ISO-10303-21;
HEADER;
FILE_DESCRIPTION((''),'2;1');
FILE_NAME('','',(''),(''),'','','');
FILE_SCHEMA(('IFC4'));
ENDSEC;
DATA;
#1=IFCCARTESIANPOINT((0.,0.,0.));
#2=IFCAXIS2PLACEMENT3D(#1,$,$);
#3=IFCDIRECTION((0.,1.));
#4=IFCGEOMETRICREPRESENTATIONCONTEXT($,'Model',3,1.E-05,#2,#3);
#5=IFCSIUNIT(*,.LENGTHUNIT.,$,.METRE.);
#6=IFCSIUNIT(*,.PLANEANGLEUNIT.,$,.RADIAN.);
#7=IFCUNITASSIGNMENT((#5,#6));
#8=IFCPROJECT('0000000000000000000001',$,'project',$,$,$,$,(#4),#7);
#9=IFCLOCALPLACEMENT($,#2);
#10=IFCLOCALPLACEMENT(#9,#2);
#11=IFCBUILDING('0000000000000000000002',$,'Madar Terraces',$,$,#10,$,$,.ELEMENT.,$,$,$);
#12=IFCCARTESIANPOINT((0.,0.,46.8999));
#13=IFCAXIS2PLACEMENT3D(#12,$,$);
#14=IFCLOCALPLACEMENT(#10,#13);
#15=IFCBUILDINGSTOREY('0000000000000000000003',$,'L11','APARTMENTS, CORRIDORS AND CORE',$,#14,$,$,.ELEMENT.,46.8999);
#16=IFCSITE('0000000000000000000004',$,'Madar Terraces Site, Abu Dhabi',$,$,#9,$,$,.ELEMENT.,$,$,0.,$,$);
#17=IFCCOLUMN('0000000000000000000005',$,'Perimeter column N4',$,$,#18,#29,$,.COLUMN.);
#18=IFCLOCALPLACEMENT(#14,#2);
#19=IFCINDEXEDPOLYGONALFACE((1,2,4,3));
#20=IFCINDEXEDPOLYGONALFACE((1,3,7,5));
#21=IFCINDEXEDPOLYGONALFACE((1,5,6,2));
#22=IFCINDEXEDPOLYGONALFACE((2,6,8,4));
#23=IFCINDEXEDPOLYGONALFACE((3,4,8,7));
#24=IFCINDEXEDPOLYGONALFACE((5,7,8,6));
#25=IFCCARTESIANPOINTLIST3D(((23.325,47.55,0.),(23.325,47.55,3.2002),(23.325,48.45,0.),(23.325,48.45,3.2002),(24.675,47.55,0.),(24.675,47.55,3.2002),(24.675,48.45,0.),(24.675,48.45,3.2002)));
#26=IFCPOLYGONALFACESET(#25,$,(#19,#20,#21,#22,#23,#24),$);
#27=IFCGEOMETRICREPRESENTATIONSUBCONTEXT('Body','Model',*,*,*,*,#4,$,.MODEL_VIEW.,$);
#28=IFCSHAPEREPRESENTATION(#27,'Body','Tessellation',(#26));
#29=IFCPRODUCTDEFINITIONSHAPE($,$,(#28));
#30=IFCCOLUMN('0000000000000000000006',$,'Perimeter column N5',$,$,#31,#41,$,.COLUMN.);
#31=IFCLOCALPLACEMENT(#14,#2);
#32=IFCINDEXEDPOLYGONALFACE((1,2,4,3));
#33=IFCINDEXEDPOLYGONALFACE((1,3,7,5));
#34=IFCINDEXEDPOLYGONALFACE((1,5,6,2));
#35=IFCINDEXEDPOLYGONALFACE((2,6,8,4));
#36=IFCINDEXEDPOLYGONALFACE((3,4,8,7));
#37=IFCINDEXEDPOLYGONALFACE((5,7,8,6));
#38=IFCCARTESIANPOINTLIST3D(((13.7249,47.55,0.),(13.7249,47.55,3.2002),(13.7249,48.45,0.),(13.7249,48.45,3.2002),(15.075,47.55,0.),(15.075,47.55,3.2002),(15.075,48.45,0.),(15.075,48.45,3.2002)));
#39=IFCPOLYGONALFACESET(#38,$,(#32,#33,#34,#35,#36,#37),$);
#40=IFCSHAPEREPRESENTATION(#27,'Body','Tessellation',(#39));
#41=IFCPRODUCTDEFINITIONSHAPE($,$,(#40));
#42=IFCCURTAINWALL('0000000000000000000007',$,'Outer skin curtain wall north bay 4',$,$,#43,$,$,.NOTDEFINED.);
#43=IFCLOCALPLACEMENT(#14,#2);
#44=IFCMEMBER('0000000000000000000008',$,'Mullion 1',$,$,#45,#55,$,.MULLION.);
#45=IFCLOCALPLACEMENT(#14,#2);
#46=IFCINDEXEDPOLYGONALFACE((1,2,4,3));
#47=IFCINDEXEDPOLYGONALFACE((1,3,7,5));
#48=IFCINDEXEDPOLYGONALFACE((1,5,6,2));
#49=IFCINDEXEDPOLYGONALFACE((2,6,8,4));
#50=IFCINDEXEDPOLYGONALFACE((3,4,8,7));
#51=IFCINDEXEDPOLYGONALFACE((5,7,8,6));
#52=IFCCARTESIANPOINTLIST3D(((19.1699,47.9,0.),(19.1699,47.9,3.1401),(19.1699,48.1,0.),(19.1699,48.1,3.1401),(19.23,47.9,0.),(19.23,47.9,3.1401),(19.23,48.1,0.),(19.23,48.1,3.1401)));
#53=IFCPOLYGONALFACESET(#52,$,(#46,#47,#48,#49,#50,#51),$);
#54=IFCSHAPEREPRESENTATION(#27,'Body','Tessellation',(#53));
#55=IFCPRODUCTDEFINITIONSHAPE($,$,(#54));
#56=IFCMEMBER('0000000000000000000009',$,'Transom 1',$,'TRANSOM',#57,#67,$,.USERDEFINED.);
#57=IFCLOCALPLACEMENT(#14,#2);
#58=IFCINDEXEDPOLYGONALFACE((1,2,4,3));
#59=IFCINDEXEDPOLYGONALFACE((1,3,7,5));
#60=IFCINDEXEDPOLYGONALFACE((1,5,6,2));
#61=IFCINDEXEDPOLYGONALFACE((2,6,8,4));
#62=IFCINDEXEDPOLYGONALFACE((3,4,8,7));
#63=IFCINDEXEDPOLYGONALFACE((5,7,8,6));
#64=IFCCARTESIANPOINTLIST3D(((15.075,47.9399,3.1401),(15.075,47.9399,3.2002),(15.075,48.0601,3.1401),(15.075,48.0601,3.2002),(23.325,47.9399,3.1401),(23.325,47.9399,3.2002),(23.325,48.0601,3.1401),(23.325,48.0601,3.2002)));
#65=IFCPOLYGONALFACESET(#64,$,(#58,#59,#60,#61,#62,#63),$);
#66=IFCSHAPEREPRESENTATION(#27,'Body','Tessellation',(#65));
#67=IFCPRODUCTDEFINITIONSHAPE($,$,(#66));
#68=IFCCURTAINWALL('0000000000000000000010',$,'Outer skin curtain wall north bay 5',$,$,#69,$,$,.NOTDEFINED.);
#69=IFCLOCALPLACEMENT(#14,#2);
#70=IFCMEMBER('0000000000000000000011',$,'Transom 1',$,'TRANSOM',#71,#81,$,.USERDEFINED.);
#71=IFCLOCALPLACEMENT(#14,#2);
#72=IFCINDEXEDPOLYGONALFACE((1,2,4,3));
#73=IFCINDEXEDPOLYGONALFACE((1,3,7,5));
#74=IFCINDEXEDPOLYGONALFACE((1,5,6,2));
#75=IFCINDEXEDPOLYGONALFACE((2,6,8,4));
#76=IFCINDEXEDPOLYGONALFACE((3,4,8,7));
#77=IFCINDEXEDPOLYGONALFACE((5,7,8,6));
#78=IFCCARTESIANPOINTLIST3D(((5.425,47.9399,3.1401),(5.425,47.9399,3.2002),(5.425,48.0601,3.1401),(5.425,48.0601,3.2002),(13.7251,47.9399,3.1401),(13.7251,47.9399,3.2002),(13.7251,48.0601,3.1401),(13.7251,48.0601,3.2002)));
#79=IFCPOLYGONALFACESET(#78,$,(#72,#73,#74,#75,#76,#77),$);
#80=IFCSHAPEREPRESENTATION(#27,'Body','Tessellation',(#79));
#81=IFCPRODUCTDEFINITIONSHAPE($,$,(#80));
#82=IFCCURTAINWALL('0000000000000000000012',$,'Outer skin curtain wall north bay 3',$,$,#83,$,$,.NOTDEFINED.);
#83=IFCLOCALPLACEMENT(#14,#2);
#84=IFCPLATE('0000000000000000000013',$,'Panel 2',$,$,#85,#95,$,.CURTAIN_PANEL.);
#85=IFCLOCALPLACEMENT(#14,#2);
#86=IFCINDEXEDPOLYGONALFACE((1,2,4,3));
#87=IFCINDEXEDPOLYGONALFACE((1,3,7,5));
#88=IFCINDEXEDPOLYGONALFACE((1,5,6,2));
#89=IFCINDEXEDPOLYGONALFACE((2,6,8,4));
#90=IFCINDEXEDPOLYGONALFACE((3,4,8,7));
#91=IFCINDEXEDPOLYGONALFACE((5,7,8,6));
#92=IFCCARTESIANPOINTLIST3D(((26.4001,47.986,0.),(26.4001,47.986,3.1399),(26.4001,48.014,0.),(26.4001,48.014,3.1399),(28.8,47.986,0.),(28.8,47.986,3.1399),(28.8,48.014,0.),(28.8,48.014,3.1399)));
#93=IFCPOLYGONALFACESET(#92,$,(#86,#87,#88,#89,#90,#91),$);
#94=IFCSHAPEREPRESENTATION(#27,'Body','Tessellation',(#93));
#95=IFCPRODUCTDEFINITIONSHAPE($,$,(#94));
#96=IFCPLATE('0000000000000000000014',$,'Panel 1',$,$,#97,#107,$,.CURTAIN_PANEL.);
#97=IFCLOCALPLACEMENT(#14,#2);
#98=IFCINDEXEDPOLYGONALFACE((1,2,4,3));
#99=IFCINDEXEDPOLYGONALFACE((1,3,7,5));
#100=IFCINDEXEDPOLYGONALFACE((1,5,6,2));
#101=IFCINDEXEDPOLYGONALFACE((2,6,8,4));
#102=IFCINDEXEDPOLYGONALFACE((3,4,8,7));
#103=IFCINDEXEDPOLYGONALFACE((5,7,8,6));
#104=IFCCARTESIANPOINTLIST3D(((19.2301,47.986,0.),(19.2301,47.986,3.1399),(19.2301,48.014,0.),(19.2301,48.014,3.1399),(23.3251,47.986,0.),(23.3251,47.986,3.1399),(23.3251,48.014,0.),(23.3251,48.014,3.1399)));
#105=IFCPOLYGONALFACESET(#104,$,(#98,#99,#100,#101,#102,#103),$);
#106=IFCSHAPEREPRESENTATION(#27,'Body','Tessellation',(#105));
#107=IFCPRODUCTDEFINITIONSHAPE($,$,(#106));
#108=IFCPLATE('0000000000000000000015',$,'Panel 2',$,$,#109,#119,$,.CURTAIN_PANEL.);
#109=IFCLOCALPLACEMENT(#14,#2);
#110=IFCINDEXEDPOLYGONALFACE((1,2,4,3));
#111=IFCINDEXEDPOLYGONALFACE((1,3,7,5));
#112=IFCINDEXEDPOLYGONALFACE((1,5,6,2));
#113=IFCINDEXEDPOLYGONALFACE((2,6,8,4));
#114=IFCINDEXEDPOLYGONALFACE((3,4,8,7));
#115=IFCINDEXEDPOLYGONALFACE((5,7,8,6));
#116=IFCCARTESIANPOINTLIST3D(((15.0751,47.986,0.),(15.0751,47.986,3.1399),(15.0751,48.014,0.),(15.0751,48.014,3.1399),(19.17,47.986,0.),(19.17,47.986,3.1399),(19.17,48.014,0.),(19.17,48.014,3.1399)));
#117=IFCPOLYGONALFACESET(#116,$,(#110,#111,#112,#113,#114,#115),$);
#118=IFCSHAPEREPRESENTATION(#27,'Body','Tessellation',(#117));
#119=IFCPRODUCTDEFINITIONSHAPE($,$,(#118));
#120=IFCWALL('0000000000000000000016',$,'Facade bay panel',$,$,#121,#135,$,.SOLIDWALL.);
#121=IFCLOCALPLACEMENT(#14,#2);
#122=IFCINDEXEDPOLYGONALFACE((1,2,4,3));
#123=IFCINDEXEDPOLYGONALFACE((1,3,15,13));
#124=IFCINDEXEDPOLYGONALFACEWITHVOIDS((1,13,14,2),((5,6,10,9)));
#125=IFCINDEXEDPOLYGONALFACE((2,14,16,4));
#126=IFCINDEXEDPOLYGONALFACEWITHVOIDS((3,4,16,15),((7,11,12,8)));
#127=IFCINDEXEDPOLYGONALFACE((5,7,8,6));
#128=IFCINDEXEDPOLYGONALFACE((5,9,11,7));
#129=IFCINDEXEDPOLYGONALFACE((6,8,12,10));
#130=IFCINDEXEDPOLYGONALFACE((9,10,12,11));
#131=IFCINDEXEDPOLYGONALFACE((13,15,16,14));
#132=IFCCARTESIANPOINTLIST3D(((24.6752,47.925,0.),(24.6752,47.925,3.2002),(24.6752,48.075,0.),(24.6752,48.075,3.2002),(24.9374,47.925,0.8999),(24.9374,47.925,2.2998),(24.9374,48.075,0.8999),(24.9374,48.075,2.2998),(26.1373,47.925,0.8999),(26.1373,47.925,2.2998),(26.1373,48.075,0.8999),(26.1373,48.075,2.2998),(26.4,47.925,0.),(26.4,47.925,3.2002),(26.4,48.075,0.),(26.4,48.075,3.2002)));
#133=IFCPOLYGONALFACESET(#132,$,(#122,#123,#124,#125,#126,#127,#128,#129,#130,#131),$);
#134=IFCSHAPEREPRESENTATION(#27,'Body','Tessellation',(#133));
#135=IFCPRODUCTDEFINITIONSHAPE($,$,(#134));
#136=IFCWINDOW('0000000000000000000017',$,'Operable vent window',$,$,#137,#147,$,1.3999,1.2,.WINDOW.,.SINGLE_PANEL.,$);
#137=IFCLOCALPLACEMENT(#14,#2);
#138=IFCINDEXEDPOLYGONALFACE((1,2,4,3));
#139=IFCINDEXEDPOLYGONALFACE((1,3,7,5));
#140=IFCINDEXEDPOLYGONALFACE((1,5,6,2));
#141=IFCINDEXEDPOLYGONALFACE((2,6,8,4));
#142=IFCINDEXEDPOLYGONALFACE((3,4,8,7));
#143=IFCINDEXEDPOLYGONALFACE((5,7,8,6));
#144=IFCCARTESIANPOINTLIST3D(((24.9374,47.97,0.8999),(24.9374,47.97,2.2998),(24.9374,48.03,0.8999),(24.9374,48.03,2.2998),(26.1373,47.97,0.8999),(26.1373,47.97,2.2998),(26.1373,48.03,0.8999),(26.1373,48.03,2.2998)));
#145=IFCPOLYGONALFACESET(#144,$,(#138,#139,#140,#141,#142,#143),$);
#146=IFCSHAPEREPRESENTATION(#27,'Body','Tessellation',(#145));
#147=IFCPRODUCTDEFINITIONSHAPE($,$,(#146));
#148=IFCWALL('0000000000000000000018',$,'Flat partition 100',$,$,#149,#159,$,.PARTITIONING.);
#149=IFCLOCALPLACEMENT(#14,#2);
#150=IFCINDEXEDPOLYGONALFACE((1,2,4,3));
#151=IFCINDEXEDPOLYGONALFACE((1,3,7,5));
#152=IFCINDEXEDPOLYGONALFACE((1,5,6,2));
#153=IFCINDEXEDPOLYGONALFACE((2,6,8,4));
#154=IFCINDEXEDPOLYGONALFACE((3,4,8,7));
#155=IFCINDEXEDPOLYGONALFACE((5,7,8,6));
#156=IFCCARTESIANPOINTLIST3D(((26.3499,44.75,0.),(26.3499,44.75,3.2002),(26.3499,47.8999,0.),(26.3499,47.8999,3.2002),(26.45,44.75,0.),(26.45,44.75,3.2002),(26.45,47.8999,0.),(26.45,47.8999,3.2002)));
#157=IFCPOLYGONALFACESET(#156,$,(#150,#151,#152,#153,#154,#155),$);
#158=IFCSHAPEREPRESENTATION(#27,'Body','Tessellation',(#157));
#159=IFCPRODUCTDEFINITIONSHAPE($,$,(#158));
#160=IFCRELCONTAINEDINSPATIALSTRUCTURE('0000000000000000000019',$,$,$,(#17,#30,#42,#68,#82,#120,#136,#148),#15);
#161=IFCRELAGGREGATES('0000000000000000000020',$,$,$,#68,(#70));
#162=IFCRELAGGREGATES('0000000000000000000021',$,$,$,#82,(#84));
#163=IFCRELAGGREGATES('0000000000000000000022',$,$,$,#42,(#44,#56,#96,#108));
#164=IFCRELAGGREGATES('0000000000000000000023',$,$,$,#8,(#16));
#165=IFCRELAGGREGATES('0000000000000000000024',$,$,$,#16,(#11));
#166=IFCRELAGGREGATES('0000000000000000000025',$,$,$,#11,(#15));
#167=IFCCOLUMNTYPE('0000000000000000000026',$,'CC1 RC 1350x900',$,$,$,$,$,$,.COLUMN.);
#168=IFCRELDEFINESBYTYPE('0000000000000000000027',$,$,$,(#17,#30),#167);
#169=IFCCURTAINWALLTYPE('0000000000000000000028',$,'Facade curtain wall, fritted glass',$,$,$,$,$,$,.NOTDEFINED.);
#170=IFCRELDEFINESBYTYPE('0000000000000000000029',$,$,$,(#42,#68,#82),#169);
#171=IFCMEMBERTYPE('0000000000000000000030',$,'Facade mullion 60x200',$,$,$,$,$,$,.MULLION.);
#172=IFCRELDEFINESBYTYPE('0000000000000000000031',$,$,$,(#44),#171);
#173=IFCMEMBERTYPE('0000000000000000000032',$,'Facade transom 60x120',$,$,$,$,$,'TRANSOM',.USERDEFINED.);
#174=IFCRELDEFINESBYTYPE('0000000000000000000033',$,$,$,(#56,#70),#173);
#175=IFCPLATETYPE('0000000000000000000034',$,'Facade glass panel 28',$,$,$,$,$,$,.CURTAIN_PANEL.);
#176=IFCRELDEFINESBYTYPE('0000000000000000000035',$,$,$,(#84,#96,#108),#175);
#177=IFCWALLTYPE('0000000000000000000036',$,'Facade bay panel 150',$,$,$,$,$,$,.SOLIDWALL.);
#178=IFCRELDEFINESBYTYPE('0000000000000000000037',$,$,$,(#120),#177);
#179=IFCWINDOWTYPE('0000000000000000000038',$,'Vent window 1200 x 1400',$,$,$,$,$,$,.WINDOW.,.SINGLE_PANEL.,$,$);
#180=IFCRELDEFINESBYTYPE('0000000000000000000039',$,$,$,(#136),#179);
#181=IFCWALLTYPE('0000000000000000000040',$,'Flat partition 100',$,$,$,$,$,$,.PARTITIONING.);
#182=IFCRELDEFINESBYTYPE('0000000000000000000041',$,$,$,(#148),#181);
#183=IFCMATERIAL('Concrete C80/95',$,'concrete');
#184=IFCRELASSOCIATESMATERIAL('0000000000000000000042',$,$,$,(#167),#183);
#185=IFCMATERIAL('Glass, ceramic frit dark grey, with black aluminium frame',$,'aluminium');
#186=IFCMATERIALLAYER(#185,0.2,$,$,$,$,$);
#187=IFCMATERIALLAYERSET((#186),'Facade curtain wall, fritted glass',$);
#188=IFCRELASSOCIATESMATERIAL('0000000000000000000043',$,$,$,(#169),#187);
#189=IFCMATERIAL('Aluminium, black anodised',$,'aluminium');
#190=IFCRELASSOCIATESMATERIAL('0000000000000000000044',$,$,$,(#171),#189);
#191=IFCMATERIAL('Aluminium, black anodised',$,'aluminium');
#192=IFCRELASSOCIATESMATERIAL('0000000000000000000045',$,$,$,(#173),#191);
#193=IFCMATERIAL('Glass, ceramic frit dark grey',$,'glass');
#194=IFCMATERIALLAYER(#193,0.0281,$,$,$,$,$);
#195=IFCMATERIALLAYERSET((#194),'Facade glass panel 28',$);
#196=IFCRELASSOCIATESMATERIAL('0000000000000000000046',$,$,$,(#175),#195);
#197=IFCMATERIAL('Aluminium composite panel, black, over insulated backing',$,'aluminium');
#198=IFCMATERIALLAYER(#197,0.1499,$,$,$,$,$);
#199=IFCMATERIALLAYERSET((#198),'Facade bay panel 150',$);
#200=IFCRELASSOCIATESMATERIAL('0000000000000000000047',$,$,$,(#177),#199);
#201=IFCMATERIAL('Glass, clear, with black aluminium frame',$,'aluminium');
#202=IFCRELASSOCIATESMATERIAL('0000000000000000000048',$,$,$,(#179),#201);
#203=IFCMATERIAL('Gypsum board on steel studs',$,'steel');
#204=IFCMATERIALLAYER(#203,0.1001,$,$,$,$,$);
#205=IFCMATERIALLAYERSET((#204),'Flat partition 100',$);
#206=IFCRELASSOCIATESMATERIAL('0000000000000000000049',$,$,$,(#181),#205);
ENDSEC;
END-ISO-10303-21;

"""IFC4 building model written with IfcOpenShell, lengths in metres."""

from ifc_helpers import new_model, si_unit, direction, frame, frame_2d, origin, origin_2d, place, context, subcontext, project, spatial, rectangle, extrude, material, layer, layer_set, material_profile, profile_set, type_object, element, fill, aggregate, save


model = new_model("IFC4")

# Units and contexts
model_context = context("Model", 3, precision=1e-05, world=origin(), true_north=direction((0.0, 1.0)))
body_context = subcontext(model_context, "Body", "Model", "MODEL_VIEW")
ifc_project = project(units=[si_unit("LENGTHUNIT", "METRE"), si_unit("PLANEANGLEUNIT", "RADIAN")], contexts=[model_context])

# Site, building, storey
site_placement = place(None, origin())
site = spatial("IfcSite", under=ifc_project, at=site_placement, Name="Madar Terraces Site, Abu Dhabi", CompositionType="ELEMENT", RefElevation=0.0)
building_placement = place(site_placement, origin())
building = spatial("IfcBuilding", under=site, at=building_placement, Name="Madar Terraces", CompositionType="ELEMENT")
storey_placement = place(building_placement, frame((0.0, 0.0, 46.8999)))
storey = spatial("IfcBuildingStorey", under=building, at=storey_placement, Name="L11", Description="APARTMENTS, CORRIDORS AND CORE", CompositionType="ELEMENT", Elevation=46.8999)

# Columns
ifc_material_1 = material(Name="Concrete C80/95", Category="concrete")
ifc_material_profile_1 = material_profile(ifc_material_1, rectangle(XDim=1.3501, YDim=0.8999, at=origin_2d()), Name="CC1 RC 1350x900")
ifc_profile_set_1 = profile_set([ifc_material_profile_1], Name="Concrete C80/95")
column_type = type_object("IfcColumnType", Name="CC1 RC 1350x900", PredefinedType="COLUMN", material=ifc_profile_set_1)
for number, where, z_axis, x_axis, name in (
    (1, (24.0, 48.0, 0.0), (0.0, 0.0, 1.0), (1.0, 0.0, 0.0), "Perimeter column N4"),
    (2, (14.3999, 48.0, 0.0), (0.0, 0.0, 1.0), (1.0, 0.0, 0.0), "Perimeter column N5"),
):
    element("IfcColumn", number, at=place(storey_placement, frame(where, z_axis=z_axis, x_axis=x_axis)), inside=storey, type_object=column_type, Name=name, PredefinedType="COLUMN", context=body_context, shape_type="SweptSolid", body=[
        extrude(rectangle(XDim=1.3501, YDim=0.8999, at=origin_2d()), origin(), (0.0, 0.0, 1.0), 3.2002),
    ])

# Curtain wall, members
ifc_material_2 = material(Name="Glass, ceramic frit dark grey, with black aluminium frame", Category="aluminium")
ifc_layer_1 = layer(ifc_material_2, 0.2)
ifc_layer_set_1 = layer_set([ifc_layer_1], Name="Facade curtain wall, fritted glass")
curtain_wall_type = type_object("IfcCurtainWallType", Name="Facade curtain wall, fritted glass", PredefinedType="NOTDEFINED", material=ifc_layer_set_1)
curtain_wall_1_placement = place(storey_placement, origin())
curtain_wall_1 = element("IfcCurtainWall", 3, at=curtain_wall_1_placement, inside=storey, type_object=curtain_wall_type, Name="Outer skin curtain wall north bay 4", PredefinedType="NOTDEFINED")
ifc_material_3 = material(Name="Aluminium, black anodised", Category="aluminium")
ifc_material_profile_2 = material_profile(ifc_material_3, rectangle(XDim=0.2, YDim=0.0601, at=origin_2d()), Name="Facade mullion 60x200")
ifc_profile_set_2 = profile_set([ifc_material_profile_2], Name="Aluminium, black anodised")
member_type_1 = type_object("IfcMemberType", Name="Facade mullion 60x200", PredefinedType="MULLION", material=ifc_profile_set_2)
member_1_placement = place(storey_placement, frame((19.2, 48.0, 0.0), z_axis=(0.0, 0.0, 1.0), x_axis=(0.0, -1.0, 0.0)))
member_1 = element("IfcMember", 4, at=member_1_placement, type_object=member_type_1, Name="Mullion 1", PredefinedType="MULLION", context=body_context, shape_type="SweptSolid", body=[
    extrude(rectangle(XDim=0.2, YDim=0.0601, at=origin_2d()), origin(), (0.0, 0.0, 1.0), 3.1401),
])
ifc_material_4 = material(Name="Aluminium, black anodised", Category="aluminium")
ifc_material_profile_3 = material_profile(ifc_material_4, rectangle(XDim=0.1201, YDim=0.0601, at=origin_2d()), Name="Facade transom 60x120")
ifc_profile_set_3 = profile_set([ifc_material_profile_3], Name="Aluminium, black anodised")
member_type_2 = type_object("IfcMemberType", Name="Facade transom 60x120", ElementType="TRANSOM", PredefinedType="USERDEFINED", material=ifc_profile_set_3)
member_2_placement = place(storey_placement, frame((23.325, 48.0, 3.1702), z_axis=(-1.0, 0.0, 0.0), x_axis=(0.0, -1.0, 0.0)))
member_2 = element("IfcMember", 5, at=member_2_placement, type_object=member_type_2, Name="Transom 1", ObjectType="TRANSOM", PredefinedType="USERDEFINED", context=body_context, shape_type="SweptSolid", body=[
    extrude(rectangle(XDim=0.1201, YDim=0.0601, at=origin_2d()), origin(), (0.0, 0.0, 1.0), 8.25),
])

# Curtain wall, member
curtain_wall_2_placement = place(storey_placement, origin())
curtain_wall_2 = element("IfcCurtainWall", 6, at=curtain_wall_2_placement, inside=storey, type_object=curtain_wall_type, Name="Outer skin curtain wall north bay 5", PredefinedType="NOTDEFINED")
member_3_placement = place(storey_placement, frame((13.7251, 48.0, 3.1702), z_axis=(-1.0, 0.0, 0.0), x_axis=(0.0, -1.0, 0.0)))
member_3 = element("IfcMember", 7, at=member_3_placement, type_object=member_type_2, Name="Transom 1", ObjectType="TRANSOM", PredefinedType="USERDEFINED", context=body_context, shape_type="SweptSolid", body=[
    extrude(rectangle(XDim=0.1201, YDim=0.0601, at=origin_2d()), origin(), (0.0, 0.0, 1.0), 8.3),
])
aggregate(curtain_wall_2, [member_3])

# Curtain wall, plate
curtain_wall_3_placement = place(storey_placement, origin())
curtain_wall_3 = element("IfcCurtainWall", 8, at=curtain_wall_3_placement, inside=storey, type_object=curtain_wall_type, Name="Outer skin curtain wall north bay 3", PredefinedType="NOTDEFINED")
ifc_material_5 = material(Name="Glass, ceramic frit dark grey", Category="glass")
ifc_layer_2 = layer(ifc_material_5, 0.0281)
ifc_layer_set_2 = layer_set([ifc_layer_2], Name="Facade glass panel 28")
plate_type = type_object("IfcPlateType", Name="Facade glass panel 28", PredefinedType="CURTAIN_PANEL", material=ifc_layer_set_2)
plate_1_placement = place(storey_placement, frame((27.6001, 48.0, 0.0), z_axis=(0.0, 0.0, 1.0), x_axis=(-1.0, 0.0, 0.0)))
plate_1 = element("IfcPlate", 9, at=plate_1_placement, type_object=plate_type, Name="Panel 2", PredefinedType="CURTAIN_PANEL", context=body_context, shape_type="SweptSolid", body=[
    extrude(rectangle(XDim=2.3999, YDim=0.0281, at=origin_2d()), origin(), (0.0, 0.0, 1.0), 3.1399),
])
aggregate(curtain_wall_3, [plate_1])

# Plates
plate_2_placement = place(storey_placement, frame((21.2776, 48.0, 0.0), z_axis=(0.0, 0.0, 1.0), x_axis=(-1.0, 0.0, 0.0)))
plate_2 = element("IfcPlate", 10, at=plate_2_placement, type_object=plate_type, Name="Panel 1", PredefinedType="CURTAIN_PANEL", context=body_context, shape_type="SweptSolid", body=[
    extrude(rectangle(XDim=4.095, YDim=0.0281, at=origin_2d()), origin(), (0.0, 0.0, 1.0), 3.1399),
])
plate_3_placement = place(storey_placement, frame((17.1226, 48.0, 0.0), z_axis=(0.0, 0.0, 1.0), x_axis=(-1.0, 0.0, 0.0)))
plate_3 = element("IfcPlate", 11, at=plate_3_placement, type_object=plate_type, Name="Panel 2", PredefinedType="CURTAIN_PANEL", context=body_context, shape_type="SweptSolid", body=[
    extrude(rectangle(XDim=4.095, YDim=0.0281, at=origin_2d()), origin(), (0.0, 0.0, 1.0), 3.1399),
])
aggregate(curtain_wall_1, [member_1, member_2, plate_2, plate_3])

# Wall, opening, window
ifc_material_6 = material(Name="Aluminium composite panel, black, over insulated backing", Category="aluminium")
ifc_layer_3 = layer(ifc_material_6, 0.1499)
ifc_layer_set_3 = layer_set([ifc_layer_3], Name="Facade bay panel 150")
wall_type_1 = type_object("IfcWallType", Name="Facade bay panel 150", PredefinedType="SOLIDWALL", material=ifc_layer_set_3)
wall_1_placement = place(storey_placement, frame((26.3999, 48.0, 0.0), z_axis=(0.0, 0.0, 1.0), x_axis=(-1.0, 0.0, 0.0)))
wall_1 = element("IfcWall", 12, at=wall_1_placement, inside=storey, type_object=wall_type_1, Name="Facade bay panel", PredefinedType="SOLIDWALL", context=body_context, shape_type="SweptSolid", body=[
    extrude(rectangle(XDim=1.7249, YDim=0.1499, at=frame_2d((0.8623, 0.0))), origin(), (0.0, 0.0, 1.0), 3.2002),
])
opening_1_placement = place(wall_1_placement, frame((0.2625, 0.0, 0.8999)))
opening_1 = element("IfcOpeningElement", 13, at=opening_1_placement, cuts=wall_1, PredefinedType="OPENING", context=body_context, shape_type="SweptSolid", body=[
    extrude(rectangle(XDim=1.2, YDim=1.3999, at=frame_2d((0.6001, 0.7))), frame((0.0, 0.085, 0.0), z_axis=(0.0, -1.0, 0.0), x_axis=(1.0, 0.0, 0.0)), (0.0, 0.0, 1.0), 0.1699),
])
ifc_material_7 = material(Name="Glass, clear, with black aluminium frame", Category="aluminium")
window_type = type_object("IfcWindowType", Name="Vent window 1200 x 1400", PartitioningType="SINGLE_PANEL", PredefinedType="WINDOW", material=ifc_material_7)
window_placement = place(opening_1_placement, origin())
window = element("IfcWindow", 14, at=window_placement, inside=storey, type_object=window_type, Name="Operable vent window", OverallHeight=1.3999, OverallWidth=1.2, PartitioningType="SINGLE_PANEL", PredefinedType="WINDOW", context=body_context, shape_type="SweptSolid", body=[
    extrude(rectangle(XDim=1.2, YDim=1.3999, at=frame_2d((0.6001, 0.7))), frame((0.0, 0.03, 0.0), z_axis=(0.0, -1.0, 0.0), x_axis=(1.0, 0.0, 0.0)), (0.0, 0.0, 1.0), 0.0601),
])
fill(opening_1, window)

# Wall
ifc_material_8 = material(Name="Gypsum board on steel studs", Category="steel")
ifc_layer_4 = layer(ifc_material_8, 0.1001)
ifc_layer_set_4 = layer_set([ifc_layer_4], Name="Flat partition 100")
wall_type_2 = type_object("IfcWallType", Name="Flat partition 100", PredefinedType="PARTITIONING", material=ifc_layer_set_4)
wall_2_placement = place(storey_placement, frame((26.3999, 44.75, 0.0), z_axis=(0.0, 0.0, 1.0), x_axis=(0.0, 1.0, 0.0)))
element("IfcWall", 15, at=wall_2_placement, inside=storey, type_object=wall_type_2, Name="Flat partition 100", PredefinedType="PARTITIONING", context=body_context, shape_type="SweptSolid", body=[
    extrude(rectangle(XDim=3.1499, YDim=0.1001, at=frame_2d((1.575, 0.0))), origin(), (0.0, 0.0, 1.0), 3.2002),
])

save(model, "model.ifc")
